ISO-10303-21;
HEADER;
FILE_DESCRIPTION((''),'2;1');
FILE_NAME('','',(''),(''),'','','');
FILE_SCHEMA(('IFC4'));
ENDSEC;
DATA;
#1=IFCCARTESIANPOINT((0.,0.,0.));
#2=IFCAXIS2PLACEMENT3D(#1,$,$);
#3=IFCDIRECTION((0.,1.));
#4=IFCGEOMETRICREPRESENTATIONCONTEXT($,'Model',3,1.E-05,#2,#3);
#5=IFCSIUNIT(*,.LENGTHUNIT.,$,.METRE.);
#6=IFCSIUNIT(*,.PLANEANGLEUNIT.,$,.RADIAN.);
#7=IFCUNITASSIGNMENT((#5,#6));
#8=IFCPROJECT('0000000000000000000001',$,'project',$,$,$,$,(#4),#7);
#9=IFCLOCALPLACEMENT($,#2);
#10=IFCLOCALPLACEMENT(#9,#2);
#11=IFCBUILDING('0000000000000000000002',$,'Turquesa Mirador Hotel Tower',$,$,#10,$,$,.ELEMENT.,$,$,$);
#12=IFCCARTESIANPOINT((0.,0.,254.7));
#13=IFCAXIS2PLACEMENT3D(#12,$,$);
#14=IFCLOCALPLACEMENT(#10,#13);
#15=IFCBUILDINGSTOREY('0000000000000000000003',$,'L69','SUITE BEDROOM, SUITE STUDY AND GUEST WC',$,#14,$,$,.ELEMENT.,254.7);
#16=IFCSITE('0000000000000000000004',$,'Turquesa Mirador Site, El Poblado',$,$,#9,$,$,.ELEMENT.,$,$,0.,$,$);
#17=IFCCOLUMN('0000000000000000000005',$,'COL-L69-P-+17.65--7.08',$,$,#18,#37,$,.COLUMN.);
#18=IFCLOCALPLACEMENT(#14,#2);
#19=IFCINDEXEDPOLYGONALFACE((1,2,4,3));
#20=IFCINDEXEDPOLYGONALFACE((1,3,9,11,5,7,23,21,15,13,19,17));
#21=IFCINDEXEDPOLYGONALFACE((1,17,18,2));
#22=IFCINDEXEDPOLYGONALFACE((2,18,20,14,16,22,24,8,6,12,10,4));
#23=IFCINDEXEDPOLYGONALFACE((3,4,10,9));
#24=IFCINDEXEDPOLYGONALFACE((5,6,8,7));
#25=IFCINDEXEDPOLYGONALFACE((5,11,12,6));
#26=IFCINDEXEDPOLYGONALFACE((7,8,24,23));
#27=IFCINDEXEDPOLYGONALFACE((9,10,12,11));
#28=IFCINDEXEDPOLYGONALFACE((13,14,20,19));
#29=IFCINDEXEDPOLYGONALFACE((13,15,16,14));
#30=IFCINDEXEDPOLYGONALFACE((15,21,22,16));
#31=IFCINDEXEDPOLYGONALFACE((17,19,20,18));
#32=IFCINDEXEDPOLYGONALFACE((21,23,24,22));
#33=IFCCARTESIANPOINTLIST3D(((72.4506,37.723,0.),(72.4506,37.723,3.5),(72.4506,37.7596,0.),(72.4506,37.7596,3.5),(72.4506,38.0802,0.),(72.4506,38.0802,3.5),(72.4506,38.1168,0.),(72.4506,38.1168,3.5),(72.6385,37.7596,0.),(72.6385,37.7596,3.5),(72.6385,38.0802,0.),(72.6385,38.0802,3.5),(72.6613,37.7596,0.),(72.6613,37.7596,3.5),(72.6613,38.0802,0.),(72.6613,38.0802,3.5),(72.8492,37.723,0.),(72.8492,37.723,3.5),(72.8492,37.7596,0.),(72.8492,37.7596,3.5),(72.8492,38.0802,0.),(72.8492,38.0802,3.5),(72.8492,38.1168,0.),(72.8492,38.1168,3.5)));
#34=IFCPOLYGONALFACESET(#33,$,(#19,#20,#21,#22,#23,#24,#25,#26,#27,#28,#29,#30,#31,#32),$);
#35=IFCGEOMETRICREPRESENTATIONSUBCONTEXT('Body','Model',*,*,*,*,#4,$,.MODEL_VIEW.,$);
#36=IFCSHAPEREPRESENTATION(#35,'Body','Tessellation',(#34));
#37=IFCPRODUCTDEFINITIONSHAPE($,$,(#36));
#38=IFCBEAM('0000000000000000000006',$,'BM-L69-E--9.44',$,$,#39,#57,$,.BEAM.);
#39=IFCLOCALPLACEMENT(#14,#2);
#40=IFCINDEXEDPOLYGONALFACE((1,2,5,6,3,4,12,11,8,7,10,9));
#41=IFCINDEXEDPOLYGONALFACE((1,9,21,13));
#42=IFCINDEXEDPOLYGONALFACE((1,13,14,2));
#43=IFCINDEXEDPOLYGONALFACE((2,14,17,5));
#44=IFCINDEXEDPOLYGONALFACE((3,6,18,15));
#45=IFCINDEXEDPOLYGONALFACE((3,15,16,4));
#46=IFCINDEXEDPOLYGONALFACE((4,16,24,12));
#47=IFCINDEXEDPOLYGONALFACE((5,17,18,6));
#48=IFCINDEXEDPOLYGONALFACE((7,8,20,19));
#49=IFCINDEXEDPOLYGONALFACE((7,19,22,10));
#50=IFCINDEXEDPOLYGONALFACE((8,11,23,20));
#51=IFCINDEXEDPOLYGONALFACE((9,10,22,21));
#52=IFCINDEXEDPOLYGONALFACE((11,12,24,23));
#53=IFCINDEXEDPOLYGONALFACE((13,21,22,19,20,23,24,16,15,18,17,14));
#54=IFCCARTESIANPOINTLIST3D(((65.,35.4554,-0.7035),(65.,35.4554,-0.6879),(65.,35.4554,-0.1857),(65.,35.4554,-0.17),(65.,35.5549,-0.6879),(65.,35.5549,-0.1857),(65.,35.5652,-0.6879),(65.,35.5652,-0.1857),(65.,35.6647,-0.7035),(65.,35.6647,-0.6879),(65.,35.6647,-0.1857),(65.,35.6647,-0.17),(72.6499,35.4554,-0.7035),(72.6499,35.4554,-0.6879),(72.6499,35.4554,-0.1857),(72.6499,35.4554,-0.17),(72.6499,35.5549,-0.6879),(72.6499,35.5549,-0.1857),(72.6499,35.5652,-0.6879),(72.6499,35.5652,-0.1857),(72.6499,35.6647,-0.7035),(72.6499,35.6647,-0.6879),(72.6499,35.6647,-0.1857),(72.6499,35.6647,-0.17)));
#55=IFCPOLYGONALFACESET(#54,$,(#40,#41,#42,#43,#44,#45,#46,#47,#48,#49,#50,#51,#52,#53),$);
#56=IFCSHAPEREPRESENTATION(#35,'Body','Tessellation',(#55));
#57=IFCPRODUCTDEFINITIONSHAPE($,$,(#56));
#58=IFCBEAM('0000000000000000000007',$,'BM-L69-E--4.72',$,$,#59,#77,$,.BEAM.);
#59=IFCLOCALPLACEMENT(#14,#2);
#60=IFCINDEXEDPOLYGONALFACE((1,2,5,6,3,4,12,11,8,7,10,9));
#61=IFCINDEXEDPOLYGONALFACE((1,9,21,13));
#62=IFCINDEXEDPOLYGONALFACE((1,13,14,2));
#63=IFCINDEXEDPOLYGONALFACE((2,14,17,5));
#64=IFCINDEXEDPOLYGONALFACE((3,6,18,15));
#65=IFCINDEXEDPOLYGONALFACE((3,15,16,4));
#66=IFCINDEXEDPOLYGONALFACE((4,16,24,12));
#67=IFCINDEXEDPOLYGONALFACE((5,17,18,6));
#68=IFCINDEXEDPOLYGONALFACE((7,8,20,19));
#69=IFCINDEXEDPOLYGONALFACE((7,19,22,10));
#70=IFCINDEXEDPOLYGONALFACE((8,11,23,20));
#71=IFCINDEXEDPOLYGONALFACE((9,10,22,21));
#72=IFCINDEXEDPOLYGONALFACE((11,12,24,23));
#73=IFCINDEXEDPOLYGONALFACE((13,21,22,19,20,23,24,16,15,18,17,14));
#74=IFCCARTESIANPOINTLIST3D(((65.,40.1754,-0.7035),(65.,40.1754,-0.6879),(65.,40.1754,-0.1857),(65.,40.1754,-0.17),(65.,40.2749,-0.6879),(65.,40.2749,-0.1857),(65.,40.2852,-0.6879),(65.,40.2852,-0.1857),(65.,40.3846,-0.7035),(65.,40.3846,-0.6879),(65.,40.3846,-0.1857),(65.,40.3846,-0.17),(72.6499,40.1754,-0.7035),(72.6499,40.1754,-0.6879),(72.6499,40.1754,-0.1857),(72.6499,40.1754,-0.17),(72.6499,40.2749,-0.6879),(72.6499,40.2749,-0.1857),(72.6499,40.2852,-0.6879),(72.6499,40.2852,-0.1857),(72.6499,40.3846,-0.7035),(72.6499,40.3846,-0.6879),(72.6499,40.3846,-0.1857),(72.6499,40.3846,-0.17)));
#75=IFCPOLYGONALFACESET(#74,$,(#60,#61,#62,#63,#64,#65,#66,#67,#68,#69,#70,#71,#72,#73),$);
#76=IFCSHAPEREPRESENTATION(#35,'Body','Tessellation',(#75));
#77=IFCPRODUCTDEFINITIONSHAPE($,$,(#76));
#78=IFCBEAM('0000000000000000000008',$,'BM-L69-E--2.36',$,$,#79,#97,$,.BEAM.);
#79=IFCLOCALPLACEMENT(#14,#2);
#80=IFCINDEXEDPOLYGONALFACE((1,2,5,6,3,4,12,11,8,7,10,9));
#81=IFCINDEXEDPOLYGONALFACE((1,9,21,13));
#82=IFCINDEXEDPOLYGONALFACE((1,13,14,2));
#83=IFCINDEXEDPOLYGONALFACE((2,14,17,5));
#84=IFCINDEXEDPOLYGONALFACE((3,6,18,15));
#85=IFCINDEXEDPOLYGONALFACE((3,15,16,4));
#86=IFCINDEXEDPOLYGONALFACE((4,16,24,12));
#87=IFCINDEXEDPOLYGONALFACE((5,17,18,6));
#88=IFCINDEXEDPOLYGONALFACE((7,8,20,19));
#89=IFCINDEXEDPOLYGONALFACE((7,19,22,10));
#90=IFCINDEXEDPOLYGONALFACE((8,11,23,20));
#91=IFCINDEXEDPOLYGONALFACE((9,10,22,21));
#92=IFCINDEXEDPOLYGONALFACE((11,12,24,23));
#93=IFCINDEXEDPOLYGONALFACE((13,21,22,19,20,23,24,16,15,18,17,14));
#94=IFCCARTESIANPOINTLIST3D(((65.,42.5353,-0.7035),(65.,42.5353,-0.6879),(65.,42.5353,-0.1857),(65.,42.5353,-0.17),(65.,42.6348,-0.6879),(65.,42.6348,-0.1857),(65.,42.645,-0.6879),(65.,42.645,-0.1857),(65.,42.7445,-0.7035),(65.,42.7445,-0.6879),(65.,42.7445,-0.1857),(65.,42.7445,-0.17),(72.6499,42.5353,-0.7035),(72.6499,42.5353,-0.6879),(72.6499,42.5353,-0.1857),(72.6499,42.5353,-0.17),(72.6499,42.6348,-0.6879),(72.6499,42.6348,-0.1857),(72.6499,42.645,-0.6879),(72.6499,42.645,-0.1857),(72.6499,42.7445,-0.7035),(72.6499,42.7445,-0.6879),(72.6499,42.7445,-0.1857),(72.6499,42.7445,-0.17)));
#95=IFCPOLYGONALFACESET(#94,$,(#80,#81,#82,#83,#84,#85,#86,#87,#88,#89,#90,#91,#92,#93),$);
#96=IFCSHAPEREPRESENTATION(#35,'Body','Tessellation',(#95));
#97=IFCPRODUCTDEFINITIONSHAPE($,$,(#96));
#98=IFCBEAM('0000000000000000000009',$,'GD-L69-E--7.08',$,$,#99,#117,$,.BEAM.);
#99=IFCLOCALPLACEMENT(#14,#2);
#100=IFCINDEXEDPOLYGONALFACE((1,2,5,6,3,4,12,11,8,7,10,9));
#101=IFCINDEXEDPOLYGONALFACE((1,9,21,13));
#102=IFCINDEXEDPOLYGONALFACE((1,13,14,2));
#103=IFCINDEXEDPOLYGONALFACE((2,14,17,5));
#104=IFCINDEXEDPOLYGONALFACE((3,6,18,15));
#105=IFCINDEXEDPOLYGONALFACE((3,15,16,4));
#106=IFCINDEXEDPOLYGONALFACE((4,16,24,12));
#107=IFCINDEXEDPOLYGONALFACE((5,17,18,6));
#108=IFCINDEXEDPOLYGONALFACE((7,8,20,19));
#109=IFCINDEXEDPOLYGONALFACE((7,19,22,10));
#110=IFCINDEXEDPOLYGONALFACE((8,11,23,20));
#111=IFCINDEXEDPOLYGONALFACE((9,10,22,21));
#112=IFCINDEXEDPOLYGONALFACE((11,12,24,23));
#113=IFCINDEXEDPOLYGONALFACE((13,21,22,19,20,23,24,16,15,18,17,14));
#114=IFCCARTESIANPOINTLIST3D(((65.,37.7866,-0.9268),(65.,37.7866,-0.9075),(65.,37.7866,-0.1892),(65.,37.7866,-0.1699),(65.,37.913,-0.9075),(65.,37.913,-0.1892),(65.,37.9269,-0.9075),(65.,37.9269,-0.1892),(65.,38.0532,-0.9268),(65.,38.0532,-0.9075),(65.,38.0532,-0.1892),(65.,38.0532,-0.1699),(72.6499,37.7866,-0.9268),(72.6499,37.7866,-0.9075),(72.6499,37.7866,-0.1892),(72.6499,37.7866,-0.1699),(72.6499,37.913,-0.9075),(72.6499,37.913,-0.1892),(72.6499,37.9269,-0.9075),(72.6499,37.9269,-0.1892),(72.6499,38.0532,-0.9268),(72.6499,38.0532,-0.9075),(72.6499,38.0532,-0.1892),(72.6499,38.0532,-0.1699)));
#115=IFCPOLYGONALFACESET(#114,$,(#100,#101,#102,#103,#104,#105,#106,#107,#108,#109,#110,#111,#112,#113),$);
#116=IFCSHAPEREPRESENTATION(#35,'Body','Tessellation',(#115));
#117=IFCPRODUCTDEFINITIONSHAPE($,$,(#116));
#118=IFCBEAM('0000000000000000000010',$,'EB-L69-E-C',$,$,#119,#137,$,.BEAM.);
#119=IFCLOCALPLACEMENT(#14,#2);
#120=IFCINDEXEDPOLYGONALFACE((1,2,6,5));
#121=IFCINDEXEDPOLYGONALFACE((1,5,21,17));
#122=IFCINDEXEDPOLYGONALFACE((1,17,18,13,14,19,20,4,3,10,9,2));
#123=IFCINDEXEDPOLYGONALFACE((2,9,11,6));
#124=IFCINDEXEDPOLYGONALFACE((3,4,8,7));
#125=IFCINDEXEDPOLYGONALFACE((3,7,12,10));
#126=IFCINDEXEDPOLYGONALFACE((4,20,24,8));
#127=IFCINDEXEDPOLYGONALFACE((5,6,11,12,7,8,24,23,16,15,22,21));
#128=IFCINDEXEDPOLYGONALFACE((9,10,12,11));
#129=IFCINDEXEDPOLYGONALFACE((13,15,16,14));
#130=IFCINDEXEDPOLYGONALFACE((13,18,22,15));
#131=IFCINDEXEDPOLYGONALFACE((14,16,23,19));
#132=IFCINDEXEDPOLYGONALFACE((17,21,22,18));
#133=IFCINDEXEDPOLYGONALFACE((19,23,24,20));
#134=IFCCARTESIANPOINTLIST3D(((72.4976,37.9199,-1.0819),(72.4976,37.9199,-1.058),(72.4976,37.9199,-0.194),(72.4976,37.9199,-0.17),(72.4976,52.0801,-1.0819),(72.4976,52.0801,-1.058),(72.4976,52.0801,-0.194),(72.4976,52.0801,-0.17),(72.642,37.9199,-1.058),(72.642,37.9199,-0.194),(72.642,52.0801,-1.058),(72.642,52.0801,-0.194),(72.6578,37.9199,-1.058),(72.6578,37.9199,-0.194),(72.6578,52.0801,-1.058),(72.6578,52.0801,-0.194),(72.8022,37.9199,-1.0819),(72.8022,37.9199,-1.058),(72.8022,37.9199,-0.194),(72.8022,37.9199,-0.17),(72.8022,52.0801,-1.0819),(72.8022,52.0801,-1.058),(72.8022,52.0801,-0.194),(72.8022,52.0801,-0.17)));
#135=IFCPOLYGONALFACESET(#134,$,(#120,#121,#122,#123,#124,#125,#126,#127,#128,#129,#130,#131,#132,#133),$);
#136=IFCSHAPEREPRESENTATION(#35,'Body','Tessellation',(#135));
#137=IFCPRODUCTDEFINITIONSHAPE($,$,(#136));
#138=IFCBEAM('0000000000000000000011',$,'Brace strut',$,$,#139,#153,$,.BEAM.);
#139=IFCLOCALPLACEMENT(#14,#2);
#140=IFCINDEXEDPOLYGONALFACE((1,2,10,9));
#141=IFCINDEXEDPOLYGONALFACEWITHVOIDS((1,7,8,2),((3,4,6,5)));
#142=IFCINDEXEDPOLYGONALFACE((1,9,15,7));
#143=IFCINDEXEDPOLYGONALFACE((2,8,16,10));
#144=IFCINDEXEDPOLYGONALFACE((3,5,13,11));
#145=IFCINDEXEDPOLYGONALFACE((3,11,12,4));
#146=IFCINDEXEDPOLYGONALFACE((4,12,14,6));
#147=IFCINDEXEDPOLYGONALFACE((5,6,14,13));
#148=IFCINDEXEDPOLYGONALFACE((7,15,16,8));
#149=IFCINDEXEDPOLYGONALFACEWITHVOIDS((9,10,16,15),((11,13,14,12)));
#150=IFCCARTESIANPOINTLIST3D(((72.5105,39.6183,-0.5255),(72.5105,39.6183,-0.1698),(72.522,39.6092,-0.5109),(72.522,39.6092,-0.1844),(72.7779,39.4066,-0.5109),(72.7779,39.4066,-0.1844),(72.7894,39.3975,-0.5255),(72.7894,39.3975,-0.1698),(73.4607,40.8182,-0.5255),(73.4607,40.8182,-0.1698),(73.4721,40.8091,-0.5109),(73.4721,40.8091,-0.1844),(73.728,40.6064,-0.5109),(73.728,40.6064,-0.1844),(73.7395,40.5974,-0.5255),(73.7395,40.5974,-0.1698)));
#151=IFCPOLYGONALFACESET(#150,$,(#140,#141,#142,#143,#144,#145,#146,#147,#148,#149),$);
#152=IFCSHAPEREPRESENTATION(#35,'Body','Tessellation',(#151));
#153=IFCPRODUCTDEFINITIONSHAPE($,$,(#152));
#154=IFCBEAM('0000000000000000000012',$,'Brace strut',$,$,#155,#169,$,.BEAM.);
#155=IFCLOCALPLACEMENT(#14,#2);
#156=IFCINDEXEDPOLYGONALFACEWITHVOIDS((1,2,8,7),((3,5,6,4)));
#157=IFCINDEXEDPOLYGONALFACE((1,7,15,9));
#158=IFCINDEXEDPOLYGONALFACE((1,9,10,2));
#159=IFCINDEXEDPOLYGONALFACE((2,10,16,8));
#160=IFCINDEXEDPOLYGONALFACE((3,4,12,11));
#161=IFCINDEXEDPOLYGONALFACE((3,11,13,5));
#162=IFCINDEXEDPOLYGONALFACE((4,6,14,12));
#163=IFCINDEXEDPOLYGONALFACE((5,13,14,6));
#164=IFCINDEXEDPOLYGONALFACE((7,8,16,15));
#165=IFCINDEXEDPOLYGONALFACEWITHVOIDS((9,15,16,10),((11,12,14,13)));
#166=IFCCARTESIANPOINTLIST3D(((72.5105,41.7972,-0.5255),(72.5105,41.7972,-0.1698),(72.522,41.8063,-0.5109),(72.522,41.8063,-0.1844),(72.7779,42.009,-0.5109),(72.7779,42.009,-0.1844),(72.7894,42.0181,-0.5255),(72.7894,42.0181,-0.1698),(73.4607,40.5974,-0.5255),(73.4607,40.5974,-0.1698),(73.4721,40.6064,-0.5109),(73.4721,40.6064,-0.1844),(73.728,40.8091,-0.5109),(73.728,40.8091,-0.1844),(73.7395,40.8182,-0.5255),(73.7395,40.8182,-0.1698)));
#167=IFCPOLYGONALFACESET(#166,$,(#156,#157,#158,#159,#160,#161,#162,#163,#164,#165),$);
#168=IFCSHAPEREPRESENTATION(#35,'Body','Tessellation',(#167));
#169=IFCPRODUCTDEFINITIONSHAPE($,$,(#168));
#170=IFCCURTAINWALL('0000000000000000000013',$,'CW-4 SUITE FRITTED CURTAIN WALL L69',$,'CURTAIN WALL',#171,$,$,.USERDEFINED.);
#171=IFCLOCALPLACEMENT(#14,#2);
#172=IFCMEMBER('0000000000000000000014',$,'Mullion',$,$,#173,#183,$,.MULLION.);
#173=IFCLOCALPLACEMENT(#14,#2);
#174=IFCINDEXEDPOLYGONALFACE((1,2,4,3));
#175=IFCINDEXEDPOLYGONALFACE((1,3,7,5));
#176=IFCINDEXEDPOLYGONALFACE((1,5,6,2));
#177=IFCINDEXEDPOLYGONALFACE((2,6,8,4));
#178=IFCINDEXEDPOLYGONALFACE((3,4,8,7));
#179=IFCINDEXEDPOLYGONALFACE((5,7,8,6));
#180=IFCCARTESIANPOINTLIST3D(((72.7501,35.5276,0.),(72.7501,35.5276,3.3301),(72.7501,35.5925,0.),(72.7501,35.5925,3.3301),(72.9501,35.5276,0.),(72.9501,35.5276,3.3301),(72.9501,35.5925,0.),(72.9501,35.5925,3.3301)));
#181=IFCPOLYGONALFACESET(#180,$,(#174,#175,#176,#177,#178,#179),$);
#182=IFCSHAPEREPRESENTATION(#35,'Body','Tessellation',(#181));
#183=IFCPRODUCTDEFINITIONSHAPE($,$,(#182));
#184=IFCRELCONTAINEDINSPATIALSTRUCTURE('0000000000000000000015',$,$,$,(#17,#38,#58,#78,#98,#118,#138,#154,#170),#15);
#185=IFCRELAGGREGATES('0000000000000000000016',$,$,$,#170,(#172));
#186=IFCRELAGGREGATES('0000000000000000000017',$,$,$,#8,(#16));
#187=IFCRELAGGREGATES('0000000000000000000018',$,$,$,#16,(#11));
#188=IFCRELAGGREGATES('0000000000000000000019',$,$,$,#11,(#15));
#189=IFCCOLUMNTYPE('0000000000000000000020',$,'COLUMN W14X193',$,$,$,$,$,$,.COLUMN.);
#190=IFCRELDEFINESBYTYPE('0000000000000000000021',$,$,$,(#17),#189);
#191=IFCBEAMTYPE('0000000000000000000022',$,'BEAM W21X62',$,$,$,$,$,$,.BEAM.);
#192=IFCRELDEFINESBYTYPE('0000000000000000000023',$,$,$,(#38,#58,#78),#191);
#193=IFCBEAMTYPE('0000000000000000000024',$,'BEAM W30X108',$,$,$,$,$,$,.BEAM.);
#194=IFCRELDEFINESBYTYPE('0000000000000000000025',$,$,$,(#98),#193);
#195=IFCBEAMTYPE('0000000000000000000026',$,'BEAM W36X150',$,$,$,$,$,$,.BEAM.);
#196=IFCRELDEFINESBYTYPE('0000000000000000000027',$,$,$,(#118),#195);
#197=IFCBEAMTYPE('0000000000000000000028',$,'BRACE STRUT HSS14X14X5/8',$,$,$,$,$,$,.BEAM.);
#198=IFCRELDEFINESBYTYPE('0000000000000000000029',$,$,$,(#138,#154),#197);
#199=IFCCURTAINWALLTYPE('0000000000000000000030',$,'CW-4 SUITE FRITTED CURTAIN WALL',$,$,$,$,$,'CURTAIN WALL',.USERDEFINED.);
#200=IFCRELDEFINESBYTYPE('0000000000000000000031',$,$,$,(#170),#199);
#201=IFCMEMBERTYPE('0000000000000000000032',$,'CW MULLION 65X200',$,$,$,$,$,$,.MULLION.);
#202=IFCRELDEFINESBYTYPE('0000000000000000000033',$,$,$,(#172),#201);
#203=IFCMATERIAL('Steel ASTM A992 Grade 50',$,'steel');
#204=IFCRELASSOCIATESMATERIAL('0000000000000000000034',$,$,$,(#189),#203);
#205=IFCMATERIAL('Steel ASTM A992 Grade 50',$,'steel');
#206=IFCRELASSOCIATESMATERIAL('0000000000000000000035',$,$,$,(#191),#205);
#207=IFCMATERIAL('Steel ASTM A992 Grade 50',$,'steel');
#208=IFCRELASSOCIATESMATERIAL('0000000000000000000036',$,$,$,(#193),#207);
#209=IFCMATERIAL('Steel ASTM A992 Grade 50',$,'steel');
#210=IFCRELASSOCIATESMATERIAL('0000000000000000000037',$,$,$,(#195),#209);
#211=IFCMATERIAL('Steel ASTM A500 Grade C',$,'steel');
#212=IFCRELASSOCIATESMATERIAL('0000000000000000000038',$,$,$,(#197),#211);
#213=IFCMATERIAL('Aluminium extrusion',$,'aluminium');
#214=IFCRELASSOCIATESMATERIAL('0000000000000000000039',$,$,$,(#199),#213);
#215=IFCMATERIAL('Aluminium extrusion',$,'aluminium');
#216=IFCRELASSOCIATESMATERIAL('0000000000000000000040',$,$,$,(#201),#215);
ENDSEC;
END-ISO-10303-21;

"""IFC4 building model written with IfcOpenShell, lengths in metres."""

from ifc_helpers import new_model, si_unit, direction, frame, origin, origin_2d, place, context, subcontext, project, spatial, rectangle, hollow_rectangle, i_section, extrude, material, material_profile, profile_set, type_object, element, aggregate, save


model = new_model("IFC4")

# Units and contexts
model_context = context("Model", 3, precision=1e-05, world=origin(), true_north=direction((0.0, 1.0)))
body_context = subcontext(model_context, "Body", "Model", "MODEL_VIEW")
ifc_project = project(units=[si_unit("LENGTHUNIT", "METRE"), si_unit("PLANEANGLEUNIT", "RADIAN")], contexts=[model_context])

# Site, building, storey
site_placement = place(None, origin())
site = spatial("IfcSite", under=ifc_project, at=site_placement, Name="Turquesa Mirador Site, El Poblado", CompositionType="ELEMENT", RefElevation=0.0)
building_placement = place(site_placement, origin())
building = spatial("IfcBuilding", under=site, at=building_placement, Name="Turquesa Mirador Hotel Tower", CompositionType="ELEMENT")
storey_placement = place(building_placement, frame((0.0, 0.0, 254.7)))
storey = spatial("IfcBuildingStorey", under=building, at=storey_placement, Name="L69", Description="SUITE BEDROOM, SUITE STUDY AND GUEST WC", CompositionType="ELEMENT", Elevation=254.7)

# Column
ifc_material_1 = material(Name="Steel ASTM A992 Grade 50", Category="steel")
ifc_material_profile_1 = material_profile(ifc_material_1, i_section(OverallWidth=0.3987, OverallDepth=0.3938, WebThickness=0.0227, FlangeThickness=0.0366, at=origin_2d()), Name="W14X193")
ifc_profile_set_1 = profile_set([ifc_material_profile_1], Name="Steel ASTM A992 Grade 50")
column_type = type_object("IfcColumnType", Name="COLUMN W14X193", PredefinedType="COLUMN", material=ifc_profile_set_1)
column_placement = place(storey_placement, frame((72.6499, 37.9199, 0.0), z_axis=(0.0, 0.0, 1.0), x_axis=(1.0, 0.0, 0.0)))
element("IfcColumn", 1, at=column_placement, inside=storey, type_object=column_type, Name="COL-L69-P-+17.65--7.08", PredefinedType="COLUMN", context=body_context, shape_type="SweptSolid", body=[
    extrude(i_section(OverallWidth=0.3987, OverallDepth=0.3938, WebThickness=0.0227, FlangeThickness=0.0366, at=origin_2d()), origin(), (0.0, 0.0, 1.0), 3.5),
])

# Beams
ifc_material_2 = material(Name="Steel ASTM A992 Grade 50", Category="steel")
ifc_material_profile_2 = material_profile(ifc_material_2, i_section(OverallWidth=0.2092, OverallDepth=0.5334, WebThickness=0.0103, FlangeThickness=0.0156, at=origin_2d()), Name="W21X62")
ifc_profile_set_2 = profile_set([ifc_material_profile_2], Name="Steel ASTM A992 Grade 50")
beam_type_1 = type_object("IfcBeamType", Name="BEAM W21X62", PredefinedType="BEAM", material=ifc_profile_set_2)
for number, where, z_axis, x_axis, name in (
    (2, (72.6499, 35.5601, -0.4368), (-1.0, 0.0, 0.0), (0.0, -1.0, 0.0), "BM-L69-E--9.44"),
    (3, (72.6499, 40.28, -0.4368), (-1.0, 0.0, 0.0), (0.0, -1.0, 0.0), "BM-L69-E--4.72"),
    (4, (72.6499, 42.6399, -0.4368), (-1.0, 0.0, 0.0), (0.0, -1.0, 0.0), "BM-L69-E--2.36"),
):
    element("IfcBeam", number, at=place(storey_placement, frame(where, z_axis=z_axis, x_axis=x_axis)), inside=storey, type_object=beam_type_1, Name=name, PredefinedType="BEAM", context=body_context, shape_type="SweptSolid", body=[
        extrude(i_section(OverallWidth=0.2092, OverallDepth=0.5334, WebThickness=0.0103, FlangeThickness=0.0156, at=origin_2d()), origin(), (0.0, 0.0, 1.0), 7.6499),
    ])
ifc_material_3 = material(Name="Steel ASTM A992 Grade 50", Category="steel")
ifc_material_profile_3 = material_profile(ifc_material_3, i_section(OverallWidth=0.2666, OverallDepth=0.7568, WebThickness=0.0139, FlangeThickness=0.0193, at=origin_2d()), Name="W30X108")
ifc_profile_set_3 = profile_set([ifc_material_profile_3], Name="Steel ASTM A992 Grade 50")
beam_type_2 = type_object("IfcBeamType", Name="BEAM W30X108", PredefinedType="BEAM", material=ifc_profile_set_3)
beam_1_placement = place(storey_placement, frame((72.6499, 37.9199, -0.5483), z_axis=(-1.0, 0.0, 0.0), x_axis=(0.0, -1.0, 0.0)))
element("IfcBeam", 5, at=beam_1_placement, inside=storey, type_object=beam_type_2, Name="GD-L69-E--7.08", PredefinedType="BEAM", context=body_context, shape_type="SweptSolid", body=[
    extrude(i_section(OverallWidth=0.2666, OverallDepth=0.7568, WebThickness=0.0139, FlangeThickness=0.0193, at=origin_2d()), origin(), (0.0, 0.0, 1.0), 7.6499),
])
ifc_material_4 = material(Name="Steel ASTM A992 Grade 50", Category="steel")
ifc_material_profile_4 = material_profile(ifc_material_4, i_section(OverallWidth=0.3047, OverallDepth=0.9119, WebThickness=0.0159, FlangeThickness=0.0239, at=origin_2d()), Name="W36X150")
ifc_profile_set_4 = profile_set([ifc_material_profile_4], Name="Steel ASTM A992 Grade 50")
beam_type_3 = type_object("IfcBeamType", Name="BEAM W36X150", PredefinedType="BEAM", material=ifc_profile_set_4)
beam_2_placement = place(storey_placement, frame((72.6499, 37.9199, -0.626), z_axis=(0.0, 1.0, 0.0), x_axis=(-1.0, 0.0, 0.0)))
element("IfcBeam", 6, at=beam_2_placement, inside=storey, type_object=beam_type_3, Name="EB-L69-E-C", PredefinedType="BEAM", context=body_context, shape_type="SweptSolid", body=[
    extrude(i_section(OverallWidth=0.3047, OverallDepth=0.9119, WebThickness=0.0159, FlangeThickness=0.0239, at=origin_2d()), origin(), (0.0, 0.0, 1.0), 14.1602),
])
ifc_material_5 = material(Name="Steel ASTM A500 Grade C", Category="steel")
ifc_material_profile_5 = material_profile(ifc_material_5, hollow_rectangle(XDim=0.3557, YDim=0.3557, WallThickness=0.0146, at=origin_2d()), Name="HSS14X14X5/8")
ifc_profile_set_5 = profile_set([ifc_material_profile_5], Name="Steel ASTM A500 Grade C")
beam_type_4 = type_object("IfcBeamType", Name="BRACE STRUT HSS14X14X5/8", PredefinedType="BEAM", material=ifc_profile_set_5)
for number, where, z_axis, x_axis, name in (
    (7, (73.6001, 40.7078, -0.3477), (-0.620797, -0.783971, 0.0), (0.783971, -0.620797, 0.0), "Brace strut"),
    (8, (73.6001, 40.7078, -0.3477), (-0.620797, 0.783971, 0.0), (-0.783971, -0.620797, 0.0), "Brace strut"),
):
    element("IfcBeam", number, at=place(storey_placement, frame(where, z_axis=z_axis, x_axis=x_axis)), inside=storey, type_object=beam_type_4, Name=name, PredefinedType="BEAM", context=body_context, shape_type="SweptSolid", body=[
        extrude(hollow_rectangle(XDim=0.3557, YDim=0.3557, WallThickness=0.0146, at=origin_2d()), origin(), (0.0, 0.0, 1.0), 1.5305),
    ])

# Curtain wall, member
ifc_material_6 = material(Name="Aluminium extrusion", Category="aluminium")
curtain_wall_type = type_object("IfcCurtainWallType", Name="CW-4 SUITE FRITTED CURTAIN WALL", ElementType="CURTAIN WALL", PredefinedType="USERDEFINED", material=ifc_material_6)
curtain_wall_1_placement = place(storey_placement, origin())
curtain_wall_1 = element("IfcCurtainWall", 9, at=curtain_wall_1_placement, inside=storey, type_object=curtain_wall_type, Name="CW-4 SUITE FRITTED CURTAIN WALL L69", ObjectType="CURTAIN WALL", PredefinedType="USERDEFINED")
ifc_material_7 = material(Name="Aluminium extrusion", Category="aluminium")
ifc_material_profile_6 = material_profile(ifc_material_7, rectangle(XDim=0.0649, YDim=0.2, at=origin_2d()), Name="MULLION 65X200")
ifc_profile_set_6 = profile_set([ifc_material_profile_6], Name="Aluminium extrusion")
member_type_1 = type_object("IfcMemberType", Name="CW MULLION 65X200", PredefinedType="MULLION", material=ifc_profile_set_6)
member_1_placement = place(storey_placement, frame((72.8501, 35.5601, 0.0), z_axis=(0.0, 0.0, 1.0), x_axis=(0.0, 1.0, 0.0)))
member_1 = element("IfcMember", 10, at=member_1_placement, type_object=member_type_1, Name="Mullion", PredefinedType="MULLION", context=body_context, shape_type="SweptSolid", body=[
    extrude(rectangle(XDim=0.0649, YDim=0.2, at=origin_2d()), origin(), (0.0, 0.0, 1.0), 3.3301),
])

aggregate(curtain_wall_1, [member_1])

save(model, "model.ifc")
